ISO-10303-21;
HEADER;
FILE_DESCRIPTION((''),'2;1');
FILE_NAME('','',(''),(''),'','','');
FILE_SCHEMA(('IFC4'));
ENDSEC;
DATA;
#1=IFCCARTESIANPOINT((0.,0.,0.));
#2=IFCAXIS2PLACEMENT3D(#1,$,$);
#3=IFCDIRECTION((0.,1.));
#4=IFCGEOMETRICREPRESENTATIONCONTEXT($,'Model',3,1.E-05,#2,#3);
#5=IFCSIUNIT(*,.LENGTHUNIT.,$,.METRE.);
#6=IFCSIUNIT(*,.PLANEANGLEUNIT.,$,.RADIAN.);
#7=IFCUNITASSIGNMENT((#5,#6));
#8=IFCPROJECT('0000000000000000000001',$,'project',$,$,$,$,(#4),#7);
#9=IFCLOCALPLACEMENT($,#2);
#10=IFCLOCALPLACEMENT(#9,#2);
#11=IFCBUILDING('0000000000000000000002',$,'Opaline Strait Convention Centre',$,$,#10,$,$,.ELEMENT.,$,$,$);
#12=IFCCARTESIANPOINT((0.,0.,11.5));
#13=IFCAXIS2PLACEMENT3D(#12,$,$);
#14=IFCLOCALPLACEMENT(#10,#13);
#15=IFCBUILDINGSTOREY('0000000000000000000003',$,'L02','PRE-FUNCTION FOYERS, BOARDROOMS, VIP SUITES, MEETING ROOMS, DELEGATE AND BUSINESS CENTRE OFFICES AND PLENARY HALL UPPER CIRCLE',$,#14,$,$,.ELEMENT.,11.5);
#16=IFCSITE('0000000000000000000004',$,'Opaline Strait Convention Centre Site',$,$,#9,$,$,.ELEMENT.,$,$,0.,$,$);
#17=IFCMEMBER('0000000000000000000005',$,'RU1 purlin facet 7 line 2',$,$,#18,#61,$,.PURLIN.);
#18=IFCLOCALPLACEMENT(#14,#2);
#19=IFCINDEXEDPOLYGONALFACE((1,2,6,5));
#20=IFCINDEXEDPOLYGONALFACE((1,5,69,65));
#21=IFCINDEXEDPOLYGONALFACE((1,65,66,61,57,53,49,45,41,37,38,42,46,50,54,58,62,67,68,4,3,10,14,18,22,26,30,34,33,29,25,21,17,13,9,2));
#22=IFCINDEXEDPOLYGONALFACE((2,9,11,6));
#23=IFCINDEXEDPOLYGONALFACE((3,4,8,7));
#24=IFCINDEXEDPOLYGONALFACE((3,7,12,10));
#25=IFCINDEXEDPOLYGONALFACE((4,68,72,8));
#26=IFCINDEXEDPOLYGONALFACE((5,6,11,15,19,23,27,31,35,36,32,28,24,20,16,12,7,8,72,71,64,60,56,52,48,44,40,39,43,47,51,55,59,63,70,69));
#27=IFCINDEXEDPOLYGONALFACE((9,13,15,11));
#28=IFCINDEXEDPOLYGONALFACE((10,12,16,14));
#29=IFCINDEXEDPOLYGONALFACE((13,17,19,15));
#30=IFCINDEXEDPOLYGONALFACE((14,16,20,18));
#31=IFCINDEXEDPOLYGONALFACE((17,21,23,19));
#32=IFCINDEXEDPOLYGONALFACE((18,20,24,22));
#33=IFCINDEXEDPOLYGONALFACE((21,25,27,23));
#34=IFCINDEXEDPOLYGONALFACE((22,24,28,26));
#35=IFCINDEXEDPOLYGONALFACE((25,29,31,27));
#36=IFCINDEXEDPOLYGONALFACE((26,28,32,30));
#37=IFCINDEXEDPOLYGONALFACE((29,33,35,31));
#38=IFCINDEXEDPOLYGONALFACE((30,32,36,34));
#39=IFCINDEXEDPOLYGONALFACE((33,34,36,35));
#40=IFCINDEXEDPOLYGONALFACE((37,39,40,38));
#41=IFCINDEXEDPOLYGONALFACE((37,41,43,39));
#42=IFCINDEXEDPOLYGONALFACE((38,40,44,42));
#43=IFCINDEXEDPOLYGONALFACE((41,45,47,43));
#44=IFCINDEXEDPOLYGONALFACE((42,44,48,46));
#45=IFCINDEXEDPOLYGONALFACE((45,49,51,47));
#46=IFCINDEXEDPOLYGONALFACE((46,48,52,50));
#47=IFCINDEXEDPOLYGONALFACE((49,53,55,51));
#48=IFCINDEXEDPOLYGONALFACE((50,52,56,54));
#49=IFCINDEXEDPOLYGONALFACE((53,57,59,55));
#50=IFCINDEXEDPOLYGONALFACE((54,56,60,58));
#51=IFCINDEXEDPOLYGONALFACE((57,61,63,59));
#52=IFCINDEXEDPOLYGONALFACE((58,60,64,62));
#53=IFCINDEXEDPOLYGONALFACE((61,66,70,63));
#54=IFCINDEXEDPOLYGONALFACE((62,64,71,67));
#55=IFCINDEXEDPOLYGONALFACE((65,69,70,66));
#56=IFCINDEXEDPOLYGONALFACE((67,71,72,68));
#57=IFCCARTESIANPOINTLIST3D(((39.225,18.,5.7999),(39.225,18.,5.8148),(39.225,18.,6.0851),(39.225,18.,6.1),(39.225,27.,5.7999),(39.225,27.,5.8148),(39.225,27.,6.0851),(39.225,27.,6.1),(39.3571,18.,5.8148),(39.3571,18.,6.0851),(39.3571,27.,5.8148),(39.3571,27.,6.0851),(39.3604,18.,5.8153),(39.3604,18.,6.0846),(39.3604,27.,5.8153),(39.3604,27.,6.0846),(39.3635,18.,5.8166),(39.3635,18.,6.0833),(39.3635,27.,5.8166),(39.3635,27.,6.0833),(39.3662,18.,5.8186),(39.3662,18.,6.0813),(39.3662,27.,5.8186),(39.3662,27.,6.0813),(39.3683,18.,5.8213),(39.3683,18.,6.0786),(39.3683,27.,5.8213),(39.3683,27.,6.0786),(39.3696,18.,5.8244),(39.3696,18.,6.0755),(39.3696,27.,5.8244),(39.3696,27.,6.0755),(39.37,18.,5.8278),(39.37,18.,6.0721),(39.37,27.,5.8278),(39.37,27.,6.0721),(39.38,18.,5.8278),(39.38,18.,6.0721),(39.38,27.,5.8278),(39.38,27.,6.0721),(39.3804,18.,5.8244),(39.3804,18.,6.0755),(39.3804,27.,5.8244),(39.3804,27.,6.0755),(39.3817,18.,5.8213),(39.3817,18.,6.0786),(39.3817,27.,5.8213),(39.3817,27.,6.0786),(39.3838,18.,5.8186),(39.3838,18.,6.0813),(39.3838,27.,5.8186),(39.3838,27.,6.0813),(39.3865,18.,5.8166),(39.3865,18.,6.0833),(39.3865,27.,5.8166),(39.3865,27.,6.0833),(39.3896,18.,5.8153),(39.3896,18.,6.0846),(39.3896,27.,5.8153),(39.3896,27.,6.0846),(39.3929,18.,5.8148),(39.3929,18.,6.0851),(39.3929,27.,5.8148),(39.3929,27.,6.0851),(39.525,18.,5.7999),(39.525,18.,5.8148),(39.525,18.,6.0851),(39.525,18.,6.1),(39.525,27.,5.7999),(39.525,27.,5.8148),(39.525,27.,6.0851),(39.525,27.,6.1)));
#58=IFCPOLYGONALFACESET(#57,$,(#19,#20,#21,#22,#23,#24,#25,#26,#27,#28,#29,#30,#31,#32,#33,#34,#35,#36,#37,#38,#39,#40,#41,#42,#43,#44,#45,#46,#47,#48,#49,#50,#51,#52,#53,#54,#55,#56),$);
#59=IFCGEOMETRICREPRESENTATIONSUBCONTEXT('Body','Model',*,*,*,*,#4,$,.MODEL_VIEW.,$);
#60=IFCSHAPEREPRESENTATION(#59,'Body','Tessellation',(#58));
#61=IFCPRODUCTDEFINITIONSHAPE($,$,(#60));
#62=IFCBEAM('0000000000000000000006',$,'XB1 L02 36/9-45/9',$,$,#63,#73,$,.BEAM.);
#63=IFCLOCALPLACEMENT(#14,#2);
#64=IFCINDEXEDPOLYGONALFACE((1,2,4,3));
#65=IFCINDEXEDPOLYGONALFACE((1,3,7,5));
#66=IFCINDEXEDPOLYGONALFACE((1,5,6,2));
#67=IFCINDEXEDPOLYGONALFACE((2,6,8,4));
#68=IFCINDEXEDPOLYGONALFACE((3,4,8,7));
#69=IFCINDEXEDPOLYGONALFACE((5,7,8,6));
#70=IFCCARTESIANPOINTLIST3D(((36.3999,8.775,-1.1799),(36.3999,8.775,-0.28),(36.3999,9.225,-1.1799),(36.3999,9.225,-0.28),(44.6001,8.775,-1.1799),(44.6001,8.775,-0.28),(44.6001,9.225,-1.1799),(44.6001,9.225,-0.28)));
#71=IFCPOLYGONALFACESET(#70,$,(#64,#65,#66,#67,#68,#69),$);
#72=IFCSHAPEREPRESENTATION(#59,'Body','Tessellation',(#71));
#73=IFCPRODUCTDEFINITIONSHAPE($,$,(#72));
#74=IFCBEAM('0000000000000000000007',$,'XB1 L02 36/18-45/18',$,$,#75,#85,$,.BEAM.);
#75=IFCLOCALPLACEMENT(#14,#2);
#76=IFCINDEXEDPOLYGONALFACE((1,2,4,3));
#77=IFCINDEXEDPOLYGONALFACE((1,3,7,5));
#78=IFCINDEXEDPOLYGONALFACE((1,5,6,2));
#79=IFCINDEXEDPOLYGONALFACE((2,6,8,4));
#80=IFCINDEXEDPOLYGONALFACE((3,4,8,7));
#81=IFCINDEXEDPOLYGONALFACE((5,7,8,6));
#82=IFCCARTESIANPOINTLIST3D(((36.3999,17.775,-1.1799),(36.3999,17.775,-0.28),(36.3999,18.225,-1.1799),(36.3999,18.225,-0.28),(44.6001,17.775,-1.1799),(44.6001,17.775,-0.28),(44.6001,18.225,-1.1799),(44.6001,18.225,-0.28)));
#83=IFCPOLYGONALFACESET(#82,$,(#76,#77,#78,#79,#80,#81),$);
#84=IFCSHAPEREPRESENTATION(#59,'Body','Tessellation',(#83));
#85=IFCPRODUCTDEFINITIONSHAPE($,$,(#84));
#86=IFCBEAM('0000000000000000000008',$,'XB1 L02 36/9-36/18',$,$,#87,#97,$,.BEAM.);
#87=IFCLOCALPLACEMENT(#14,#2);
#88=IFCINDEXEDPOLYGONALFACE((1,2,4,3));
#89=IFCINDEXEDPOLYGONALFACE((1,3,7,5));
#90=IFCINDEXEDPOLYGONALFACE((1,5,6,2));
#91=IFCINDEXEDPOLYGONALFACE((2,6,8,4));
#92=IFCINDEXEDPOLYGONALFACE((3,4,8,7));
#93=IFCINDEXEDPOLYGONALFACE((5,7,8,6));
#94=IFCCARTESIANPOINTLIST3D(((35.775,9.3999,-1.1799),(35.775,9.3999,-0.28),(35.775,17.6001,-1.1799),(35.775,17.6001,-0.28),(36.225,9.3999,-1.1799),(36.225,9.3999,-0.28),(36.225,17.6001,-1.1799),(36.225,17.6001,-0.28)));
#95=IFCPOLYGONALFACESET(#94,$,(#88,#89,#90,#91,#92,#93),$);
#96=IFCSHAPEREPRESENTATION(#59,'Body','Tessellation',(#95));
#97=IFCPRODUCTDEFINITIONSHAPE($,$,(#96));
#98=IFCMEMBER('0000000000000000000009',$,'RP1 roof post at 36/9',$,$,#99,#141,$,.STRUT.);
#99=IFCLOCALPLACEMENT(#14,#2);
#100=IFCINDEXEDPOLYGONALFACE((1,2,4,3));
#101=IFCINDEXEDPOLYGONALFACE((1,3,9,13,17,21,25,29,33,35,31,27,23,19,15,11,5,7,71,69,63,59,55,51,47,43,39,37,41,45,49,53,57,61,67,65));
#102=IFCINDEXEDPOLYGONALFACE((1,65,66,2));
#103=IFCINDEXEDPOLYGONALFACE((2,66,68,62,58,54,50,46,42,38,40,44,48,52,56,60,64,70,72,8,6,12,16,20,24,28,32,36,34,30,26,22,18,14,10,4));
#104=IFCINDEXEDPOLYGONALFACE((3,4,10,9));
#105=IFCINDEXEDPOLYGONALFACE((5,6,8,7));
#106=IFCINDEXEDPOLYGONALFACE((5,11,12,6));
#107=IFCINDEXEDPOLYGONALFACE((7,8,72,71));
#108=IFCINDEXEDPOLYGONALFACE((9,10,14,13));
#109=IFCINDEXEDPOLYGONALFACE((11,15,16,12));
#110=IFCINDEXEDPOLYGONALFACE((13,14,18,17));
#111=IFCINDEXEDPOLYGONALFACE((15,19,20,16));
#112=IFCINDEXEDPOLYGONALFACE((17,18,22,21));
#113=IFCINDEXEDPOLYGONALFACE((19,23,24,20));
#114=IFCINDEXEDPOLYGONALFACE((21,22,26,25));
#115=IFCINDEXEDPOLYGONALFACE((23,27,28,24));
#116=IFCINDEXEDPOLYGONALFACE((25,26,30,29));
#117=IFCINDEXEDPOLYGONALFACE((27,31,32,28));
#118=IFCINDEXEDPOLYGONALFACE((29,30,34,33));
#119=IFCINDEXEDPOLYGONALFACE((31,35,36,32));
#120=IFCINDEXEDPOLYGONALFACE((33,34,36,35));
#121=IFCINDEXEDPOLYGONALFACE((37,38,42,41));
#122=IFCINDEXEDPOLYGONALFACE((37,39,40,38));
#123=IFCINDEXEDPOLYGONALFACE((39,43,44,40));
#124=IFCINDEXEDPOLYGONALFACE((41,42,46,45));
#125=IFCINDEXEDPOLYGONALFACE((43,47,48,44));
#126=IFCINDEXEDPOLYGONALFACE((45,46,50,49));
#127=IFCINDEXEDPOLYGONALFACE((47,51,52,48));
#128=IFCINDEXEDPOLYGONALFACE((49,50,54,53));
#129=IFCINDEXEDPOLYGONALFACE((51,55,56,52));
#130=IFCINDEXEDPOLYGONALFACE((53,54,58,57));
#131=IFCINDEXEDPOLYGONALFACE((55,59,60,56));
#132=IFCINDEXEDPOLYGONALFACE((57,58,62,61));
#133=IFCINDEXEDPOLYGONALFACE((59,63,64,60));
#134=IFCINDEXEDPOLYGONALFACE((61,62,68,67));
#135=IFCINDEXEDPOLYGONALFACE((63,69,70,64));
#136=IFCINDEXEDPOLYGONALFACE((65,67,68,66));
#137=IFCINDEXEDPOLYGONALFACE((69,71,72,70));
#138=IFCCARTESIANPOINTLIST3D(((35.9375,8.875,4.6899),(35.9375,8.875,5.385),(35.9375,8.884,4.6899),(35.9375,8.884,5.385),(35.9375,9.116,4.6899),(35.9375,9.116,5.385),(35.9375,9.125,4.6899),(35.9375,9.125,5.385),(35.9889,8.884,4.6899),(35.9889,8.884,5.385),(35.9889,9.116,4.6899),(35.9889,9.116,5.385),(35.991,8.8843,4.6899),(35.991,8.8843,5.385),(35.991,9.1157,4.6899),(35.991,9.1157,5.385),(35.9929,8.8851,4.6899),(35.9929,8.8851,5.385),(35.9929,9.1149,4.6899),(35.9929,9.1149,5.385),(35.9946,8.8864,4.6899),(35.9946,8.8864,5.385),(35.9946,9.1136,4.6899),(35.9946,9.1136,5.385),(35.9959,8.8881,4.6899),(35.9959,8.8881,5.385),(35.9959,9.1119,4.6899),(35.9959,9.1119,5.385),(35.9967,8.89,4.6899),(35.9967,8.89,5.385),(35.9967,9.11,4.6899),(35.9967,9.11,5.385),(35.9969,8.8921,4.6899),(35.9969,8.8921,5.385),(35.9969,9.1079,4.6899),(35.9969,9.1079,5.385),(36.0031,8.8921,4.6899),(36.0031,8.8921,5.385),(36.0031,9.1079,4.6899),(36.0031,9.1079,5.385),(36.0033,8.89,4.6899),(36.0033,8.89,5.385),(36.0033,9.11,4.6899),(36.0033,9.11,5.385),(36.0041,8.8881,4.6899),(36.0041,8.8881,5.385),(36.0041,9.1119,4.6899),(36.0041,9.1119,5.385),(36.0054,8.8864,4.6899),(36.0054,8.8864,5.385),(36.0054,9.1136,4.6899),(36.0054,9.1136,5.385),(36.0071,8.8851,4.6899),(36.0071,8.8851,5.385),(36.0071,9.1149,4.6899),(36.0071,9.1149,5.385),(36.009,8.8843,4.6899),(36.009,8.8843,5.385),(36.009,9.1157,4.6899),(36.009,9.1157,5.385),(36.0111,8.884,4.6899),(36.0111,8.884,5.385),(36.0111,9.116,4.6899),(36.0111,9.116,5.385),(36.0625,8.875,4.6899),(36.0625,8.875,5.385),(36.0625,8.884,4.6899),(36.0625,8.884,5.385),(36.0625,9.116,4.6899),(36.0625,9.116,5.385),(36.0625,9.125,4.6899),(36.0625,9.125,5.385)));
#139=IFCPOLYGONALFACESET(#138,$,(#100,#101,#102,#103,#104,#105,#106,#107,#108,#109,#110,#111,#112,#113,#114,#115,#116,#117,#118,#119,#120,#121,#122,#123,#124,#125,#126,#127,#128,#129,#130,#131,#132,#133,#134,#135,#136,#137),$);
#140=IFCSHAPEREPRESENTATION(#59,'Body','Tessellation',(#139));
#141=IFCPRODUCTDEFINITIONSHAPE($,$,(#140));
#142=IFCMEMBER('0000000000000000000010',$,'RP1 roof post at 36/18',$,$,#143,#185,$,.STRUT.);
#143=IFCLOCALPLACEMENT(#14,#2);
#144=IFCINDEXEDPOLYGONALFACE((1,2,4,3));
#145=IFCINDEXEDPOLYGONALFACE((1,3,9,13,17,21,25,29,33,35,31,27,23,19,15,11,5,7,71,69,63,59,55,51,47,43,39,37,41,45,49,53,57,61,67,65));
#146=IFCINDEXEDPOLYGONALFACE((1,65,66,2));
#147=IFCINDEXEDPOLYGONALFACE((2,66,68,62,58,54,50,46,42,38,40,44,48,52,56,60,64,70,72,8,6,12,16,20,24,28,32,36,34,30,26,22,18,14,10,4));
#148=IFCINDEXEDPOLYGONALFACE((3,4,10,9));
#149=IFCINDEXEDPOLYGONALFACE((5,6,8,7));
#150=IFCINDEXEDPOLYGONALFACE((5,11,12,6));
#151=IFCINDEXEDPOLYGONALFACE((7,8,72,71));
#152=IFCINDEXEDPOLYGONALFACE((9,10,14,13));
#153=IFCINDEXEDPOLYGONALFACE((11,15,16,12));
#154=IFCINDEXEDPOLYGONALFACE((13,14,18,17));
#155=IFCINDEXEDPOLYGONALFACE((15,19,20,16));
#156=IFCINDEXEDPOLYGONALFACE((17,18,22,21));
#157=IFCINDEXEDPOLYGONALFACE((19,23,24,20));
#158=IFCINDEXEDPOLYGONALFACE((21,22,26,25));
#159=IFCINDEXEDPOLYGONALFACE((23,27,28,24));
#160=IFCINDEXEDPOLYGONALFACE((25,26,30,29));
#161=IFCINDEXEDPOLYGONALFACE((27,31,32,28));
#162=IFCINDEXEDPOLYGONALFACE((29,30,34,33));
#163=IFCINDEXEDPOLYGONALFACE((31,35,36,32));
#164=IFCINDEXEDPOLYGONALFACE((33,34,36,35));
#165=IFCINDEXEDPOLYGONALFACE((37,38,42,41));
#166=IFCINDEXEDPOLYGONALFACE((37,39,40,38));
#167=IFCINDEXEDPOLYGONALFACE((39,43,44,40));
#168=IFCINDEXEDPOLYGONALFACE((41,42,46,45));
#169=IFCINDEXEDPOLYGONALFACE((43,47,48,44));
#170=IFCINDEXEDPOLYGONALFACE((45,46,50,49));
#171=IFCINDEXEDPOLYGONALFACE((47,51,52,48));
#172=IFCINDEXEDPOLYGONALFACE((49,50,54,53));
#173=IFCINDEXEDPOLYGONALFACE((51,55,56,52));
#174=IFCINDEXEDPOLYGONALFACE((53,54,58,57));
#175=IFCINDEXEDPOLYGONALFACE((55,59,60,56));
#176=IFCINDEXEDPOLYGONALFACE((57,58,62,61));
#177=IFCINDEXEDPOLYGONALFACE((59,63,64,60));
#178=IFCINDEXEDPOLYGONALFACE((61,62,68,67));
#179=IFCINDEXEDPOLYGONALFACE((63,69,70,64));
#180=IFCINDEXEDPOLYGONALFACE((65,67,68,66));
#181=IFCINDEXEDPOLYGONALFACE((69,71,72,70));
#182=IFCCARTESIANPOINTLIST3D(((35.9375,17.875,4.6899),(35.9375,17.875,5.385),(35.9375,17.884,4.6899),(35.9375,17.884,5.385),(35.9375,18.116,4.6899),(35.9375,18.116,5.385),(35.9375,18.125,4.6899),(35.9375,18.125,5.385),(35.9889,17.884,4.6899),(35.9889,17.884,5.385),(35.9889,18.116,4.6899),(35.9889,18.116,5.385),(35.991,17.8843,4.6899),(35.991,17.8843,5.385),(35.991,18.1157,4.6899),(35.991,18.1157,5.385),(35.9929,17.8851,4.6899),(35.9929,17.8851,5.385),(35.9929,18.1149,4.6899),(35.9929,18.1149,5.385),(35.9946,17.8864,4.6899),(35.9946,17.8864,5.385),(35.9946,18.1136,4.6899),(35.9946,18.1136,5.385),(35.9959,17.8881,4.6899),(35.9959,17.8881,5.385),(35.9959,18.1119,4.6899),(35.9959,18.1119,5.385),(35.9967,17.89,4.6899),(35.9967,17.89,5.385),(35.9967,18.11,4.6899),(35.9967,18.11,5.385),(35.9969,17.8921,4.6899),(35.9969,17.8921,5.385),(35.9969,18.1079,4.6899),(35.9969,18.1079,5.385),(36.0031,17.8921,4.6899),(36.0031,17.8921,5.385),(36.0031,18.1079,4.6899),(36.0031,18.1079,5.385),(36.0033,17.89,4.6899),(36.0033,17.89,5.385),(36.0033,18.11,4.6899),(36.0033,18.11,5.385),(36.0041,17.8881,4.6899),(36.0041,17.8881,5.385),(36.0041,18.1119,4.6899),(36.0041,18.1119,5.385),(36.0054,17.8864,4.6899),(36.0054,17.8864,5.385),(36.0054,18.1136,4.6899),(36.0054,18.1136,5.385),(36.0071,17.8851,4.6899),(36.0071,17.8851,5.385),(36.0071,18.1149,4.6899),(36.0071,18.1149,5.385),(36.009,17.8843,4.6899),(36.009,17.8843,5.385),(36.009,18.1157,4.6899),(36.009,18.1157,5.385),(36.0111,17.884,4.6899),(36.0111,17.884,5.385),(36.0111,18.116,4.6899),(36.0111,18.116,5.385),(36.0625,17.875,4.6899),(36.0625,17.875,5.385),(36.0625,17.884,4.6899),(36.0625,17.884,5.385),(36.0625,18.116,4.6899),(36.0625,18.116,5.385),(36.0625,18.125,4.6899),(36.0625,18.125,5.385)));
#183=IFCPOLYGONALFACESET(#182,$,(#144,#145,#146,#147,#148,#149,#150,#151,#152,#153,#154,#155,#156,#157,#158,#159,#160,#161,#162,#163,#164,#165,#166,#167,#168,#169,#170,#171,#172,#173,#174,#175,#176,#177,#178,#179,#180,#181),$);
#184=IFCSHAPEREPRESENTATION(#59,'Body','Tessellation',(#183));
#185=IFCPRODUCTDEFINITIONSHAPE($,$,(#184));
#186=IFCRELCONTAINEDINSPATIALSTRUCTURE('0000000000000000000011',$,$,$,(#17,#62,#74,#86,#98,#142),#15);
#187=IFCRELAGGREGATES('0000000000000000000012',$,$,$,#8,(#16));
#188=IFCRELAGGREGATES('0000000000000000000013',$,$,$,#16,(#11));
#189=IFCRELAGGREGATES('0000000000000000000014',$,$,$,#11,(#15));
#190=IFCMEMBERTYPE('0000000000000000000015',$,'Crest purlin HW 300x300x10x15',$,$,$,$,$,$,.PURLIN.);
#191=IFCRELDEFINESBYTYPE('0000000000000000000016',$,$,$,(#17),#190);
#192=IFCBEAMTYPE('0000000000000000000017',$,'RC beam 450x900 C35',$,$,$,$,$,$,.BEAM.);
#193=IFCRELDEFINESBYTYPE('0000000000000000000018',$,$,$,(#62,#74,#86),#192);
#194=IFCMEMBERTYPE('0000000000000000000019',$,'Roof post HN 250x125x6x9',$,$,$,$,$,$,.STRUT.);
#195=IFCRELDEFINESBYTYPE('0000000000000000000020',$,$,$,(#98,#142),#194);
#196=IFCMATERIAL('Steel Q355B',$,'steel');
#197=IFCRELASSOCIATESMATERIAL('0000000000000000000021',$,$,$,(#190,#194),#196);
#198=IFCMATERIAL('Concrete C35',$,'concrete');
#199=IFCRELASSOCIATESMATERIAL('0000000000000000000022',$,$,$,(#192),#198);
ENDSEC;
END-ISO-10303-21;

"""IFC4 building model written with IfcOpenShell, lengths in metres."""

from ifc_helpers import new_model, si_unit, direction, frame, origin, origin_2d, place, context, subcontext, project, spatial, rectangle, i_section, extrude, material, material_profile, profile_set, type_object, element, save


model = new_model("IFC4")

# Units and contexts
model_context = context("Model", 3, precision=1e-05, world=origin(), true_north=direction((0.0, 1.0)))
body_context = subcontext(model_context, "Body", "Model", "MODEL_VIEW")
ifc_project = project(units=[si_unit("LENGTHUNIT", "METRE"), si_unit("PLANEANGLEUNIT", "RADIAN")], contexts=[model_context])

# Site, building, storey
site_placement = place(None, origin())
site = spatial("IfcSite", under=ifc_project, at=site_placement, Name="Opaline Strait Convention Centre Site", CompositionType="ELEMENT", RefElevation=0.0)
building_placement = place(site_placement, origin())
building = spatial("IfcBuilding", under=site, at=building_placement, Name="Opaline Strait Convention Centre", CompositionType="ELEMENT")
storey_placement = place(building_placement, frame((0.0, 0.0, 11.5)))
storey = spatial("IfcBuildingStorey", under=building, at=storey_placement, Name="L02", Description="PRE-FUNCTION FOYERS, BOARDROOMS, VIP SUITES, MEETING ROOMS, DELEGATE AND BUSINESS CENTRE OFFICES AND PLENARY HALL UPPER CIRCLE", CompositionType="ELEMENT", Elevation=11.5)

# Member
ifc_material_1 = material(Name="Steel Q355B", Category="steel")
ifc_material_profile_1 = material_profile(ifc_material_1, i_section(OverallWidth=0.3, OverallDepth=0.3, WebThickness=0.01, FlangeThickness=0.0149, FilletRadius=0.0129, at=origin_2d()), Name="HW 300x300x10x15")
ifc_profile_set_1 = profile_set([ifc_material_profile_1], Name="Steel Q355B")
member_type_1 = type_object("IfcMemberType", Name="Crest purlin HW 300x300x10x15", PredefinedType="PURLIN", material=ifc_profile_set_1)
member_1_placement = place(storey_placement, frame((39.375, 18.0, 5.95), z_axis=(0.0, 1.0, 0.0), x_axis=(-1.0, 0.0, 0.0)))
element("IfcMember", 1, at=member_1_placement, inside=storey, type_object=member_type_1, Name="RU1 purlin facet 7 line 2", PredefinedType="PURLIN", context=body_context, shape_type="SweptSolid", body=[
    extrude(i_section(OverallWidth=0.3, OverallDepth=0.3, WebThickness=0.01, FlangeThickness=0.0149, FilletRadius=0.0129, at=origin_2d()), origin(), (0.0, 0.0, 1.0), 9.0),
])

# Beams
ifc_material_2 = material(Name="Concrete C35", Category="concrete")
ifc_material_profile_2 = material_profile(ifc_material_2, rectangle(XDim=0.45, YDim=0.8999, at=origin_2d()), Name="RC 450x900")
ifc_profile_set_2 = profile_set([ifc_material_profile_2], Name="Concrete C35")
beam_type = type_object("IfcBeamType", Name="RC beam 450x900 C35", PredefinedType="BEAM", material=ifc_profile_set_2)
for number, where, z_axis, x_axis, name in (
    (2, (36.3999, 9.0, -0.73), (1.0, 0.0, 0.0), (0.0, 1.0, 0.0), "XB1 L02 36/9-45/9"),
    (3, (36.3999, 18.0, -0.73), (1.0, 0.0, 0.0), (0.0, 1.0, 0.0), "XB1 L02 36/18-45/18"),
    (4, (36.0, 9.3999, -0.73), (0.0, 1.0, 0.0), (-1.0, 0.0, 0.0), "XB1 L02 36/9-36/18"),
):
    element("IfcBeam", number, at=place(storey_placement, frame(where, z_axis=z_axis, x_axis=x_axis)), inside=storey, type_object=beam_type, Name=name, PredefinedType="BEAM", context=body_context, shape_type="SweptSolid", body=[
        extrude(rectangle(XDim=0.45, YDim=0.8999, at=origin_2d()), origin(), (0.0, 0.0, 1.0), 8.2002),
    ])

# Members
ifc_material_profile_3 = material_profile(ifc_material_1, i_section(OverallWidth=0.125, OverallDepth=0.25, WebThickness=0.0061, FlangeThickness=0.009, FilletRadius=0.0081, at=origin_2d()), Name="HN 250x125x6x9")
ifc_profile_set_3 = profile_set([ifc_material_profile_3], Name="Steel Q355B")
member_type_2 = type_object("IfcMemberType", Name="Roof post HN 250x125x6x9", PredefinedType="STRUT", material=ifc_profile_set_3)
for number, where, z_axis, x_axis, name in (
    (5, (36.0, 9.0, 4.6899), (0.0, 0.0, 1.0), (1.0, 0.0, 0.0), "RP1 roof post at 36/9"),
    (6, (36.0, 18.0, 4.6899), (0.0, 0.0, 1.0), (1.0, 0.0, 0.0), "RP1 roof post at 36/18"),
):
    element("IfcMember", number, at=place(storey_placement, frame(where, z_axis=z_axis, x_axis=x_axis)), inside=storey, type_object=member_type_2, Name=name, PredefinedType="STRUT", context=body_context, shape_type="SweptSolid", body=[
        extrude(i_section(OverallWidth=0.125, OverallDepth=0.25, WebThickness=0.0061, FlangeThickness=0.009, FilletRadius=0.0081, at=origin_2d()), origin(), (0.0, 0.0, 1.0), 0.6951),
    ])

save(model, "model.ifc")
